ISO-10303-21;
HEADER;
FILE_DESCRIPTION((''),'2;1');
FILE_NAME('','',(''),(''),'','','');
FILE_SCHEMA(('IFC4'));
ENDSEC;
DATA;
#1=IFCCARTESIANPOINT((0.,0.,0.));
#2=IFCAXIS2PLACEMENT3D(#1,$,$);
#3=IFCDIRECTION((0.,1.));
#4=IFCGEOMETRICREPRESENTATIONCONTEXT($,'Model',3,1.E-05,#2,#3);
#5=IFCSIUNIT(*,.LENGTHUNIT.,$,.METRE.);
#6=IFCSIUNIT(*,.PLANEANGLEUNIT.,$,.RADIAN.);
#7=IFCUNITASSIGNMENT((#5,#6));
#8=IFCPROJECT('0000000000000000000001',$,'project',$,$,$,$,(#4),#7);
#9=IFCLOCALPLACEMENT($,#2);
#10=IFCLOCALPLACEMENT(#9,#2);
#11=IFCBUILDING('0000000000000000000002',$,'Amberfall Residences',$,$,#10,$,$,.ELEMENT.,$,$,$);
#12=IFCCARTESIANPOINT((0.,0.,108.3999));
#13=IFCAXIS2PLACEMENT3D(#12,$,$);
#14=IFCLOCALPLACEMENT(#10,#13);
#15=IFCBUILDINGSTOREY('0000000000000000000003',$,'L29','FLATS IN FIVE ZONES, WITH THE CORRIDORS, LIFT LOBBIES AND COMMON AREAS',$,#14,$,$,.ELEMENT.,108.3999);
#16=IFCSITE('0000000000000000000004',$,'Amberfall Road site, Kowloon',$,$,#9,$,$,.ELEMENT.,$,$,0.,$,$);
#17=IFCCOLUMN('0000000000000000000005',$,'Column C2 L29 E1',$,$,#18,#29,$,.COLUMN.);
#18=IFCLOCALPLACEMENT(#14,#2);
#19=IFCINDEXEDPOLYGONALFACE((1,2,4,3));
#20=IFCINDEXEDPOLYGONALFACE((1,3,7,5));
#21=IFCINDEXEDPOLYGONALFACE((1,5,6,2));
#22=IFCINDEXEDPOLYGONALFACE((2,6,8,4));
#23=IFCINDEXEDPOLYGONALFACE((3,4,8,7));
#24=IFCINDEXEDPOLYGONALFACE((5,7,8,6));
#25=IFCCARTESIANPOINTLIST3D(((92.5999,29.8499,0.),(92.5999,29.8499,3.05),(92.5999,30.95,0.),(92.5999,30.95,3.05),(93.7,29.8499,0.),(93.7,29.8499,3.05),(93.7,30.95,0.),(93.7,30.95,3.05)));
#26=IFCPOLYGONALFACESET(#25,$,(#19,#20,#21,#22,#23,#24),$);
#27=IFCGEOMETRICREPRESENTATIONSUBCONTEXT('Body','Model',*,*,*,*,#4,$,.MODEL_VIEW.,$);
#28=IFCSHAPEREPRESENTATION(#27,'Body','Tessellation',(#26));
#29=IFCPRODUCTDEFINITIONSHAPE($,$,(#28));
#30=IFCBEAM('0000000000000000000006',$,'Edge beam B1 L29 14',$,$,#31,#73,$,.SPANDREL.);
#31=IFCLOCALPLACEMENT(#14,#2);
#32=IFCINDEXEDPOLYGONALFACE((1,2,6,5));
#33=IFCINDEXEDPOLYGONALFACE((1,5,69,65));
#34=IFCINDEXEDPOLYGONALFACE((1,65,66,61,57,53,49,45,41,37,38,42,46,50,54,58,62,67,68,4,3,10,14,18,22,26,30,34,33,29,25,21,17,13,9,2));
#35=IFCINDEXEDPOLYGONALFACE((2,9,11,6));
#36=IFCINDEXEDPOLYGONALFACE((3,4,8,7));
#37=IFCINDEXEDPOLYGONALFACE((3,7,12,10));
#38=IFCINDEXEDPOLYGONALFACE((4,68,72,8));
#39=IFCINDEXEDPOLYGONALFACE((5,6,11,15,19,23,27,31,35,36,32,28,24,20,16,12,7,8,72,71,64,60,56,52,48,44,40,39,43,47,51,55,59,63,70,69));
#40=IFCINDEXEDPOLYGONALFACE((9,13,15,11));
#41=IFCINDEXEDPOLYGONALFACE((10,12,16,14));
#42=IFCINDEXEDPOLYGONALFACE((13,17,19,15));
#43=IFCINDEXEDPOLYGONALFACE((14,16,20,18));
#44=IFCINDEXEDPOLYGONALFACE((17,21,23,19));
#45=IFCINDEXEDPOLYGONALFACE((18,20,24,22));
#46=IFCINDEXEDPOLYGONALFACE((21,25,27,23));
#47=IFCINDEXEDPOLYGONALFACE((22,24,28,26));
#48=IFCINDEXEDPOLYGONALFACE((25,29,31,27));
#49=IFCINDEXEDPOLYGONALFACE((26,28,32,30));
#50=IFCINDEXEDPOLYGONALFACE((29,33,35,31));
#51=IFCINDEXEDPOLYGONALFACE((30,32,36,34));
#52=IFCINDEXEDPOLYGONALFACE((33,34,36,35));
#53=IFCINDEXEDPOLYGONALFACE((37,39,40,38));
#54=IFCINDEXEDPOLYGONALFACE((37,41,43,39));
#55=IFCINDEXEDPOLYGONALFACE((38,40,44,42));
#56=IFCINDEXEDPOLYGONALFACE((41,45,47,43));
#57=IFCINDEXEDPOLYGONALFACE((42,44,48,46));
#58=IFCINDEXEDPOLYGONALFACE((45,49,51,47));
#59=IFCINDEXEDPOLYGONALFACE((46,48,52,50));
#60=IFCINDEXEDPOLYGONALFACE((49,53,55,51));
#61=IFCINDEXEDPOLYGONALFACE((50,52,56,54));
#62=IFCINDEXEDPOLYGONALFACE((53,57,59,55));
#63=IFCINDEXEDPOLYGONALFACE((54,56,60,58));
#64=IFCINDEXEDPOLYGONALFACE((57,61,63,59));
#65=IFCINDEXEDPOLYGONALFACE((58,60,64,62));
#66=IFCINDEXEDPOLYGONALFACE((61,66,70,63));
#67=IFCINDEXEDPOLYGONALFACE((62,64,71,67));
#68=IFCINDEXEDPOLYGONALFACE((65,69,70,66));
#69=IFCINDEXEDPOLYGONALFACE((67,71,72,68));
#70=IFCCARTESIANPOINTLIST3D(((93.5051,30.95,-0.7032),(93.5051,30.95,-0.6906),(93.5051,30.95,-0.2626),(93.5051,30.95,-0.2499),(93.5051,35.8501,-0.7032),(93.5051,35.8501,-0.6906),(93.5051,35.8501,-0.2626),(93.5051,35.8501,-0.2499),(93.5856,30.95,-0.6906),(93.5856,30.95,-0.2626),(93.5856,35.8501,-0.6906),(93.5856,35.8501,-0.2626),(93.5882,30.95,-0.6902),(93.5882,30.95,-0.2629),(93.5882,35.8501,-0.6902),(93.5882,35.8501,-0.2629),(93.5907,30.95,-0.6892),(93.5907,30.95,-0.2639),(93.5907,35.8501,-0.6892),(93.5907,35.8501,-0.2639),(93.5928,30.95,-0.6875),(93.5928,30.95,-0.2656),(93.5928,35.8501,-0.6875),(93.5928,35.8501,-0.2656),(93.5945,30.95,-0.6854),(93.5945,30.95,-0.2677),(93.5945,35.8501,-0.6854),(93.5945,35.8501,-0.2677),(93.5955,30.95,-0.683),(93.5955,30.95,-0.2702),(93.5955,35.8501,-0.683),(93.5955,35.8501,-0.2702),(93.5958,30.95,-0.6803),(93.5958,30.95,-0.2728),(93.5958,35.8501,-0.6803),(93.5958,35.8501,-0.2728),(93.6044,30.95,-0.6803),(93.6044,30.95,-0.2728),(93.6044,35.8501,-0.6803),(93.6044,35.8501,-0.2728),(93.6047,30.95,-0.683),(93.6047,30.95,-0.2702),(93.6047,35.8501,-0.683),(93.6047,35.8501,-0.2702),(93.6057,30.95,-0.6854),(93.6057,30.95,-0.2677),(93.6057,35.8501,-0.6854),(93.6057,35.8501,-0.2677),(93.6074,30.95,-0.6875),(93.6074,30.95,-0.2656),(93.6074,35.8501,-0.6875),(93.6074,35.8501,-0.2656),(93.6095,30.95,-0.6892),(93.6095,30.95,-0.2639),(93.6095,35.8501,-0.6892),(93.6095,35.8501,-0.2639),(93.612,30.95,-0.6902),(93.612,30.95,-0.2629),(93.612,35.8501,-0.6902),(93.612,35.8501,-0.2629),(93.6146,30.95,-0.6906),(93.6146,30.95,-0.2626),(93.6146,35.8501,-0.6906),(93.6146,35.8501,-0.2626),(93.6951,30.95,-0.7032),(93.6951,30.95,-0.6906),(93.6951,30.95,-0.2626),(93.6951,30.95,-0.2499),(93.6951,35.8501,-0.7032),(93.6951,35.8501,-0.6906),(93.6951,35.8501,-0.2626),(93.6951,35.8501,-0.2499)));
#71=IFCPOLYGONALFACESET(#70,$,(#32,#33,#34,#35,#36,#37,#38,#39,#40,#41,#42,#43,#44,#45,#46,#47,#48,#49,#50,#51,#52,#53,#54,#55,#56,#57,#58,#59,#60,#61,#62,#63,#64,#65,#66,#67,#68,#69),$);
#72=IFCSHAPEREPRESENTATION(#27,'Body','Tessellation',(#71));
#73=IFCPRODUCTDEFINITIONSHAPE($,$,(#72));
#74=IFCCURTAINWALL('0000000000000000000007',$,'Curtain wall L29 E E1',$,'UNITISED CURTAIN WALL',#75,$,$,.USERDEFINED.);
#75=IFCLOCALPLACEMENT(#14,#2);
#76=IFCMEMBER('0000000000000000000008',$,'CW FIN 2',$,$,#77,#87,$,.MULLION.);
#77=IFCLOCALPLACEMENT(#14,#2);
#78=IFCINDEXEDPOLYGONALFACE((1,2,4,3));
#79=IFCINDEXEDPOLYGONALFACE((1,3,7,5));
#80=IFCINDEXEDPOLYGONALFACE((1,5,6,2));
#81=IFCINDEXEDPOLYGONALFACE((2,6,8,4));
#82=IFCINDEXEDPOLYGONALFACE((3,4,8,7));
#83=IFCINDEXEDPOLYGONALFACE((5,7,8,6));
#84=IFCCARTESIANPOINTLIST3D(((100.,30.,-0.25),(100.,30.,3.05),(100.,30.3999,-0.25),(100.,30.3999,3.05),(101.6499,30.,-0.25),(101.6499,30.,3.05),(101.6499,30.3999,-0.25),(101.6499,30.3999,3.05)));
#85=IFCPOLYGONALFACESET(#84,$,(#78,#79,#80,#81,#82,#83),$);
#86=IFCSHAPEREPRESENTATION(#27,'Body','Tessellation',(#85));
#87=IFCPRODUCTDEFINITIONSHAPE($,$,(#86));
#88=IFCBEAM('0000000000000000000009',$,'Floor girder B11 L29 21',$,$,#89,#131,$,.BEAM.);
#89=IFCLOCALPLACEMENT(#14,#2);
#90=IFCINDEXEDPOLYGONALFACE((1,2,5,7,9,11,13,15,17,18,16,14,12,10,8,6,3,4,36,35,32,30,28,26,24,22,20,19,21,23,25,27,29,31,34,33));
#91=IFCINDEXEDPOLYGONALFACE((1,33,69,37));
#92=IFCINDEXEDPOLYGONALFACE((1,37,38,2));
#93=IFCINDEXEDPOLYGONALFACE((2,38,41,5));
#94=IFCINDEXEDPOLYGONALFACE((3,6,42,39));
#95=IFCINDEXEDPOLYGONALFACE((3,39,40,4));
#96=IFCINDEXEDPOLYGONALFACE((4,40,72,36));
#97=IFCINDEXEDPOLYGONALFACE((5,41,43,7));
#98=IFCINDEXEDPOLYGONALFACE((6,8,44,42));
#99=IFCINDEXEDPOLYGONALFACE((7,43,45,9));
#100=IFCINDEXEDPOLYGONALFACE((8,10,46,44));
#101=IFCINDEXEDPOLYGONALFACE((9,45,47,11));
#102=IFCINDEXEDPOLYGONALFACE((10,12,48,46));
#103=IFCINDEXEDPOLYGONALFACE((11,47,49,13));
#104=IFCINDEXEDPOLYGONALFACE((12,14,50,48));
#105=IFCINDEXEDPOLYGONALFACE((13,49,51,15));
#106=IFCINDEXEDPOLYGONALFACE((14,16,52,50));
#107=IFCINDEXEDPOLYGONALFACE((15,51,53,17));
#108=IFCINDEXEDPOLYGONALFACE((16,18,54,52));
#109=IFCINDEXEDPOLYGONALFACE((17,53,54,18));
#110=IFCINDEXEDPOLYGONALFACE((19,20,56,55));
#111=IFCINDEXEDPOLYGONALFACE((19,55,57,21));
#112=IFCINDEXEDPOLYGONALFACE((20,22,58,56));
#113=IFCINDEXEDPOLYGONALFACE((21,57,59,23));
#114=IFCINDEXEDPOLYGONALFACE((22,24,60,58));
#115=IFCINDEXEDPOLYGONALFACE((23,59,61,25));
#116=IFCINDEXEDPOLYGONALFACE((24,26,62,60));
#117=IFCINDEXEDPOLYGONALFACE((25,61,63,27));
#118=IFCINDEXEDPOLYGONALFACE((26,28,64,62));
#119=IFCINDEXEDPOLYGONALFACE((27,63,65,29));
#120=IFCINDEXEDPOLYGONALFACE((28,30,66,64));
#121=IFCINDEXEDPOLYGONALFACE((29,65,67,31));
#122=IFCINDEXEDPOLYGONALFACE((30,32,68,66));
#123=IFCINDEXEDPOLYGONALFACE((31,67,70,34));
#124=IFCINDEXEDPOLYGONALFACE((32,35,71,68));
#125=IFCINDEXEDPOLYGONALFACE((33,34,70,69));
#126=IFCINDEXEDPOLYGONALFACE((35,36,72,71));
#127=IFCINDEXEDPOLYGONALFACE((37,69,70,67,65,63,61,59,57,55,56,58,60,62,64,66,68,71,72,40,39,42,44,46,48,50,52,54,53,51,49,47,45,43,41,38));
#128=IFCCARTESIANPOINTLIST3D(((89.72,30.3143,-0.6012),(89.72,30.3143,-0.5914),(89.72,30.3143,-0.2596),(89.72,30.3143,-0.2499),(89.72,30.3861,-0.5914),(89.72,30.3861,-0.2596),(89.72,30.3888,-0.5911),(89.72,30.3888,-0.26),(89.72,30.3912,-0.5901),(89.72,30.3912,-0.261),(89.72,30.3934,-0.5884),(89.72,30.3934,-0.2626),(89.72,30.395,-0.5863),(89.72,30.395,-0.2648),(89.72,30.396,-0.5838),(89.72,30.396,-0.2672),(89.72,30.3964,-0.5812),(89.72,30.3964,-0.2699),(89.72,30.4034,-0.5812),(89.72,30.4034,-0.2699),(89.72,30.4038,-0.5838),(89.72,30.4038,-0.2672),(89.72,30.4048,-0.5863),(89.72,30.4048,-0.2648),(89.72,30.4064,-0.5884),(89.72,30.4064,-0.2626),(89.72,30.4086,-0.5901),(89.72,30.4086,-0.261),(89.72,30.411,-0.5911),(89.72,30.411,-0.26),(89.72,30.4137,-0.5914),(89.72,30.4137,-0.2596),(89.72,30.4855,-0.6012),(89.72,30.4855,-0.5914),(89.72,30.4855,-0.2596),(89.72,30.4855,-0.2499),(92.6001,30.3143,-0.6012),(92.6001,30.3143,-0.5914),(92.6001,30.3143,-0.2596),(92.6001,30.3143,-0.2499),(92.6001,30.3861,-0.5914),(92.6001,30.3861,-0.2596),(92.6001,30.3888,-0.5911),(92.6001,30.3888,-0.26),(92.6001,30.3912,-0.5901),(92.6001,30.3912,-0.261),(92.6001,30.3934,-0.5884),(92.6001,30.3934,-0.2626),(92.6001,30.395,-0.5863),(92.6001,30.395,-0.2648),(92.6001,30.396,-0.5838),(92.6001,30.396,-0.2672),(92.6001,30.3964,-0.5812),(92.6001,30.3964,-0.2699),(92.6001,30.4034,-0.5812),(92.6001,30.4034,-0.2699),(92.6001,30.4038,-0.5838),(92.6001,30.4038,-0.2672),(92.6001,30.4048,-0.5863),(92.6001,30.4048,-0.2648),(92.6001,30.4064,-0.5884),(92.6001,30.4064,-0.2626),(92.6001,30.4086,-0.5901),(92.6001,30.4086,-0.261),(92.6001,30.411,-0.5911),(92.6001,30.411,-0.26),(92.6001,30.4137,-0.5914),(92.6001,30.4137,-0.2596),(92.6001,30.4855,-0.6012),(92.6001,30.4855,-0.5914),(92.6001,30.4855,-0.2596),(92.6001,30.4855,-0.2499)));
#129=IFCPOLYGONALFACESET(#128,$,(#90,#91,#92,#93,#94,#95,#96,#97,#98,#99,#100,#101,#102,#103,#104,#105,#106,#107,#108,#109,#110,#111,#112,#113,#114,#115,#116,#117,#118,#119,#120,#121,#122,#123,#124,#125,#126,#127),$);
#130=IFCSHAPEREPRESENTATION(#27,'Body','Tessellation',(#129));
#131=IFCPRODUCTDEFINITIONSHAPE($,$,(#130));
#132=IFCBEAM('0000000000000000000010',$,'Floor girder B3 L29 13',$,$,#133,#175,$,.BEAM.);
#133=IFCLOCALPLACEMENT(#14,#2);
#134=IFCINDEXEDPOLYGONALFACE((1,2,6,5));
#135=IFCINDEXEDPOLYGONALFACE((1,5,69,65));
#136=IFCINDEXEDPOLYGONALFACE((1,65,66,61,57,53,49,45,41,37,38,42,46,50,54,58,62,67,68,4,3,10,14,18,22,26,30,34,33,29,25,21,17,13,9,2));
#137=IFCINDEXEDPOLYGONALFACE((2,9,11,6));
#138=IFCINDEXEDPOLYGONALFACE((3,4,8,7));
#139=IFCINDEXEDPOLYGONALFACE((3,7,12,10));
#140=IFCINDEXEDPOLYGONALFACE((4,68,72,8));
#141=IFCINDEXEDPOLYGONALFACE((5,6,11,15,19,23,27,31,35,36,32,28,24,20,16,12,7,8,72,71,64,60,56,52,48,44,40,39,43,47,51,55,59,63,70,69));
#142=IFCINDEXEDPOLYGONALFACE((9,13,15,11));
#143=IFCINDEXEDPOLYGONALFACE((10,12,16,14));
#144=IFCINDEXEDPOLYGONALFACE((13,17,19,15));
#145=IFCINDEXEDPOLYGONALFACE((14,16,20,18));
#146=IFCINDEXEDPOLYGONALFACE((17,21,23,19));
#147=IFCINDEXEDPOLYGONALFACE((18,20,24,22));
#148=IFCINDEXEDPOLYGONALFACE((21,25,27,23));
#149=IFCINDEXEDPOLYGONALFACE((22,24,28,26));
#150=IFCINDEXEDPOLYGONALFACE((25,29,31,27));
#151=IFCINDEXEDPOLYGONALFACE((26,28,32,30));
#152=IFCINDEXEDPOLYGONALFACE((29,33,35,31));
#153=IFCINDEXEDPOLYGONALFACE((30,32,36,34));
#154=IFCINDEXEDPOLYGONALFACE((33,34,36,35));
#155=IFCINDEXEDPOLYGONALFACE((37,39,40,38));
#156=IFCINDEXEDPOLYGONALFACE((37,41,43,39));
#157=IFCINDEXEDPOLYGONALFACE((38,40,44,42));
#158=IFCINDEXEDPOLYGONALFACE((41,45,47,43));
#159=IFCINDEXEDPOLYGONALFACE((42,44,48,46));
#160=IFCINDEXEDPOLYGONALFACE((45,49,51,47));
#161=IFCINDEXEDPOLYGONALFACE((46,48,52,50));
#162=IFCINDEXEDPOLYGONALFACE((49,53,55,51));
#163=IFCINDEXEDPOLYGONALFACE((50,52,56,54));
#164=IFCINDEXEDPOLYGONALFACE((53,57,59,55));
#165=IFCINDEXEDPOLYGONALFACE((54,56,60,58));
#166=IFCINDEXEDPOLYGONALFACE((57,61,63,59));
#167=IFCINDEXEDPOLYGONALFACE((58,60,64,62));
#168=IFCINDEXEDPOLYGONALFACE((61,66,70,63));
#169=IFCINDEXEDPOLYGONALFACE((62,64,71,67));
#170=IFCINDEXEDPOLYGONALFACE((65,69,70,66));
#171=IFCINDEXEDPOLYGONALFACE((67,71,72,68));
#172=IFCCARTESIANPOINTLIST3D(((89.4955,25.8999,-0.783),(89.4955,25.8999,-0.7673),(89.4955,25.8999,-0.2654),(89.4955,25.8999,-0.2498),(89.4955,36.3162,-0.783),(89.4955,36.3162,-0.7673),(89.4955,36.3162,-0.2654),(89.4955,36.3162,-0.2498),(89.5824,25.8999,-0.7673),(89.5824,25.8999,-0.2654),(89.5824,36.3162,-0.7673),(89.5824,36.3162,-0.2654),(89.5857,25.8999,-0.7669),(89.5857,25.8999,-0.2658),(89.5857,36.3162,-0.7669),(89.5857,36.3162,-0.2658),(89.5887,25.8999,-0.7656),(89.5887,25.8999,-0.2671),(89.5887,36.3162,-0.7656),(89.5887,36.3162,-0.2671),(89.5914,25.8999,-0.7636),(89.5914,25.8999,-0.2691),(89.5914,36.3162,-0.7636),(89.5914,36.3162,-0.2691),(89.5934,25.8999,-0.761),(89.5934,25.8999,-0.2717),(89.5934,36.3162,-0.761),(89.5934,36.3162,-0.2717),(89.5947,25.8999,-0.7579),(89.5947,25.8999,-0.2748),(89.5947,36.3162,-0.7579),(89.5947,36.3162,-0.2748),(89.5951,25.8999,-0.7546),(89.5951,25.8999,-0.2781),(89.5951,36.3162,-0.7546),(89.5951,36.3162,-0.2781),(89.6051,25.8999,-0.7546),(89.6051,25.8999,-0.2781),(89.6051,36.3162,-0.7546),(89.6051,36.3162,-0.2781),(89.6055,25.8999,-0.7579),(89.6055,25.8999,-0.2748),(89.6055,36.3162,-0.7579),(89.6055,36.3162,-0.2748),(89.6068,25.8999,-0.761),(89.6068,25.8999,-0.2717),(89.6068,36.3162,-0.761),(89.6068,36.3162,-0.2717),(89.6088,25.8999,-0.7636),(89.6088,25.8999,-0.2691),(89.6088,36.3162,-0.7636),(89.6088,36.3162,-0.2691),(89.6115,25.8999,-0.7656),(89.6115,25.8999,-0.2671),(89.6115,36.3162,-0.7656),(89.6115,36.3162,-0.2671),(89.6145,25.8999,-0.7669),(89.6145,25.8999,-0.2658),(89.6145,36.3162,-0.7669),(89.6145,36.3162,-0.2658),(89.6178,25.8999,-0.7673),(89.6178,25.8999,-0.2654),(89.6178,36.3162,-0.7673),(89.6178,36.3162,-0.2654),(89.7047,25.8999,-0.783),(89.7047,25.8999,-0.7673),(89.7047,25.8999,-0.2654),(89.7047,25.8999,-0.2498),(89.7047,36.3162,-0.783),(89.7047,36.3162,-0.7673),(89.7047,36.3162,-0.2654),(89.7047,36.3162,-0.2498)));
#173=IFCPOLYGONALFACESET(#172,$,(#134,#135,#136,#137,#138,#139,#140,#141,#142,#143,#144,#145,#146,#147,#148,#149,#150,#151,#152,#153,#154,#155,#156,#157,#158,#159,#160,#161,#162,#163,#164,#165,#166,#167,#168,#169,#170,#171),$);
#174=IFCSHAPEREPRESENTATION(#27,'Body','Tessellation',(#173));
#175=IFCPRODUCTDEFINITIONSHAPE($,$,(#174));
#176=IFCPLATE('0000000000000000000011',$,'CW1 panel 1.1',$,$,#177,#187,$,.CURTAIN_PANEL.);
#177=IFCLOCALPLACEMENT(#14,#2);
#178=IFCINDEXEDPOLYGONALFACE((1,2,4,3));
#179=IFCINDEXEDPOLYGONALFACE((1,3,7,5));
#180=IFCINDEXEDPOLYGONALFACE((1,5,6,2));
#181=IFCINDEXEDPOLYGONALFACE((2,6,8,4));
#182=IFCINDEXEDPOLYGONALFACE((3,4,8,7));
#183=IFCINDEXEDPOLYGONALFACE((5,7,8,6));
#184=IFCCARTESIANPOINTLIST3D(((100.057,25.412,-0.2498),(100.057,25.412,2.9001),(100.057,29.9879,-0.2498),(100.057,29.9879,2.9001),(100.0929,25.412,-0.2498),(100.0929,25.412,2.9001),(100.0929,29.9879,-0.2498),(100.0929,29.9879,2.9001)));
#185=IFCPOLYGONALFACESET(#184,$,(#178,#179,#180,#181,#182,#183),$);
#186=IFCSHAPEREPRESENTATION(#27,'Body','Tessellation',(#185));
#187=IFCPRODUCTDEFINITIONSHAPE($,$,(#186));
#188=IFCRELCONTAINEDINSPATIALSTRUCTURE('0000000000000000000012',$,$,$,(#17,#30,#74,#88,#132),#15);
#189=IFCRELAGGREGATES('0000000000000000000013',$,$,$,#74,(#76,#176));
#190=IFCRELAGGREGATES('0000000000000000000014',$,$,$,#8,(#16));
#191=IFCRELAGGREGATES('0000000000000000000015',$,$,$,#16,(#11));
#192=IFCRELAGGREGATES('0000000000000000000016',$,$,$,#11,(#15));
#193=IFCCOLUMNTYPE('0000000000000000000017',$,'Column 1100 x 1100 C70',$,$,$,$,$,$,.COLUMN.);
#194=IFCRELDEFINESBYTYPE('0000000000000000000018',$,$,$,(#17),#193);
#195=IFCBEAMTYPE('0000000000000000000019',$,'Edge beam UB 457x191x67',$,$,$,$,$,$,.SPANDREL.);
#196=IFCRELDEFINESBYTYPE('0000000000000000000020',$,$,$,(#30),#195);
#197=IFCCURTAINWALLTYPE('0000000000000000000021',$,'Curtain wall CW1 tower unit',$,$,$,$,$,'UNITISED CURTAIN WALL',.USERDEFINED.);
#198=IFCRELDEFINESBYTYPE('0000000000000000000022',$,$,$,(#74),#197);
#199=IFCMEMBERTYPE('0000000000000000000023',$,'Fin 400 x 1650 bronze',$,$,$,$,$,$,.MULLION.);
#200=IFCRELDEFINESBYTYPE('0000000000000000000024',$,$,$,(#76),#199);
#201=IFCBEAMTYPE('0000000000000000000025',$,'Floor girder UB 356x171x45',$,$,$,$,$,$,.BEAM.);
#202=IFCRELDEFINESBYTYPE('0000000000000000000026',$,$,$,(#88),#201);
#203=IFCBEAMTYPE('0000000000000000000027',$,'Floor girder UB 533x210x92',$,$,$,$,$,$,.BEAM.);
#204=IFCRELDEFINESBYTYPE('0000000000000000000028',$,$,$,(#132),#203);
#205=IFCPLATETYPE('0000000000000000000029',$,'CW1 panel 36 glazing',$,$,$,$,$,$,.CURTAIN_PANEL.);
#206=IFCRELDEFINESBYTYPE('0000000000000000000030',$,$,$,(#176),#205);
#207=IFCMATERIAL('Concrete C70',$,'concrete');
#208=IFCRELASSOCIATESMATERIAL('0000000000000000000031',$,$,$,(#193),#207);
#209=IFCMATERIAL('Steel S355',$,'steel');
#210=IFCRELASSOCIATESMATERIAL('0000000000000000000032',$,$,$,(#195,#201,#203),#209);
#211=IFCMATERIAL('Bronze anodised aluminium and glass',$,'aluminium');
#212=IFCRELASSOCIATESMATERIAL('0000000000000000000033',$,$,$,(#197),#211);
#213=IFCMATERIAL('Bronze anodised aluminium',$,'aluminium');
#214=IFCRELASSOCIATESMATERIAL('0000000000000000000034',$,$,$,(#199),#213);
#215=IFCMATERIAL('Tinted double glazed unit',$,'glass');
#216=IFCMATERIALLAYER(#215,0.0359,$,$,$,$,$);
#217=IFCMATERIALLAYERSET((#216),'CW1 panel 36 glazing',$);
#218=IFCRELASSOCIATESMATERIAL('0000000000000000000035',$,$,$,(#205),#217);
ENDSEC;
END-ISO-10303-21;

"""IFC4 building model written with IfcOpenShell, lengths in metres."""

from ifc_helpers import new_model, si_unit, direction, frame, origin, origin_2d, place, context, subcontext, project, spatial, rectangle, i_section, extrude, material, layer, layer_set, material_profile, profile_set, type_object, element, aggregate, save


model = new_model("IFC4")

# Units and contexts
model_context = context("Model", 3, precision=1e-05, world=origin(), true_north=direction((0.0, 1.0)))
body_context = subcontext(model_context, "Body", "Model", "MODEL_VIEW")
ifc_project = project(units=[si_unit("LENGTHUNIT", "METRE"), si_unit("PLANEANGLEUNIT", "RADIAN")], contexts=[model_context])

# Site, building, storey
site_placement = place(None, origin())
site = spatial("IfcSite", under=ifc_project, at=site_placement, Name="Amberfall Road site, Kowloon", CompositionType="ELEMENT", RefElevation=0.0)
building_placement = place(site_placement, origin())
building = spatial("IfcBuilding", under=site, at=building_placement, Name="Amberfall Residences", CompositionType="ELEMENT")
storey_placement = place(building_placement, frame((0.0, 0.0, 108.3999)))
storey = spatial("IfcBuildingStorey", under=building, at=storey_placement, Name="L29", Description="FLATS IN FIVE ZONES, WITH THE CORRIDORS, LIFT LOBBIES AND COMMON AREAS", CompositionType="ELEMENT", Elevation=108.3999)

# Column
ifc_material_1 = material(Name="Concrete C70", Category="concrete")
ifc_material_profile_1 = material_profile(ifc_material_1, rectangle(XDim=1.1001, YDim=1.1001, at=origin_2d()), Name="Column 1100 x 1100 C70")
ifc_profile_set_1 = profile_set([ifc_material_profile_1], Name="Concrete C70")
column_type = type_object("IfcColumnType", Name="Column 1100 x 1100 C70", PredefinedType="COLUMN", material=ifc_profile_set_1)
column_placement = place(storey_placement, frame((93.1499, 30.3999, 0.0), z_axis=(0.0, 0.0, 1.0), x_axis=(1.0, 0.0, 0.0)))
element("IfcColumn", 1, at=column_placement, inside=storey, type_object=column_type, Name="Column C2 L29 E1", PredefinedType="COLUMN", context=body_context, shape_type="SweptSolid", body=[
    extrude(rectangle(XDim=1.1001, YDim=1.1001, at=origin_2d()), origin(), (0.0, 0.0, 1.0), 3.05),
])

# Beam
ifc_material_2 = material(Name="Steel S355", Category="steel")
ifc_material_profile_2 = material_profile(ifc_material_2, i_section(OverallWidth=0.1899, OverallDepth=0.4534, WebThickness=0.0085, FlangeThickness=0.0127, FilletRadius=0.0103, at=origin_2d()), Name="UB 457x191x67")
ifc_profile_set_2 = profile_set([ifc_material_profile_2], Name="Steel S355")
beam_type_1 = type_object("IfcBeamType", Name="Edge beam UB 457x191x67", PredefinedType="SPANDREL", material=ifc_profile_set_2)
beam_1_placement = place(storey_placement, frame((93.6001, 30.95, -0.4766), z_axis=(0.0, 1.0, 0.0), x_axis=(-1.0, 0.0, 0.0)))
element("IfcBeam", 2, at=beam_1_placement, inside=storey, type_object=beam_type_1, Name="Edge beam B1 L29 14", PredefinedType="SPANDREL", context=body_context, shape_type="SweptSolid", body=[
    extrude(i_section(OverallWidth=0.1899, OverallDepth=0.4534, WebThickness=0.0085, FlangeThickness=0.0127, FilletRadius=0.0103, at=origin_2d()), origin(), (0.0, 0.0, 1.0), 4.9001),
])

# Curtain wall, member
ifc_material_3 = material(Name="Bronze anodised aluminium and glass", Category="aluminium")
curtain_wall_type = type_object("IfcCurtainWallType", Name="Curtain wall CW1 tower unit", ElementType="UNITISED CURTAIN WALL", PredefinedType="USERDEFINED", material=ifc_material_3)
curtain_wall_placement = place(storey_placement, origin())
curtain_wall = element("IfcCurtainWall", 3, at=curtain_wall_placement, inside=storey, type_object=curtain_wall_type, Name="Curtain wall L29 E E1", ObjectType="UNITISED CURTAIN WALL", PredefinedType="USERDEFINED")
ifc_material_4 = material(Name="Bronze anodised aluminium", Category="aluminium")
ifc_material_profile_3 = material_profile(ifc_material_4, rectangle(XDim=1.6499, YDim=0.3999, at=origin_2d()), Name="Fin 400 x 1650 bronze")
ifc_profile_set_3 = profile_set([ifc_material_profile_3], Name="Bronze anodised aluminium")
member_type = type_object("IfcMemberType", Name="Fin 400 x 1650 bronze", PredefinedType="MULLION", material=ifc_profile_set_3)
member_placement = place(storey_placement, frame((100.825, 30.2, -0.25), z_axis=(0.0, 0.0, 1.0), x_axis=(-1.0, 0.0, 0.0)))
member = element("IfcMember", 4, at=member_placement, type_object=member_type, Name="CW FIN 2", PredefinedType="MULLION", context=body_context, shape_type="SweptSolid", body=[
    extrude(rectangle(XDim=1.6499, YDim=0.3999, at=origin_2d()), origin(), (0.0, 0.0, 1.0), 3.3),
])

# Beams
ifc_material_profile_4 = material_profile(ifc_material_2, i_section(OverallWidth=0.1711, OverallDepth=0.3513, WebThickness=0.0071, FlangeThickness=0.0098, FilletRadius=0.0103, at=origin_2d()), Name="UB 356x171x45")
ifc_profile_set_4 = profile_set([ifc_material_profile_4], Name="Steel S355")
beam_type_2 = type_object("IfcBeamType", Name="Floor girder UB 356x171x45", PredefinedType="BEAM", material=ifc_profile_set_4)
beam_2_placement = place(storey_placement, frame((92.6001, 30.3999, -0.4255), z_axis=(-1.0, 0.0, 0.0), x_axis=(0.0, -1.0, 0.0)))
element("IfcBeam", 5, at=beam_2_placement, inside=storey, type_object=beam_type_2, Name="Floor girder B11 L29 21", PredefinedType="BEAM", context=body_context, shape_type="SweptSolid", body=[
    extrude(i_section(OverallWidth=0.1711, OverallDepth=0.3513, WebThickness=0.0071, FlangeThickness=0.0098, FilletRadius=0.0103, at=origin_2d()), origin(), (0.0, 0.0, 1.0), 2.8801),
])
ifc_material_profile_5 = material_profile(ifc_material_2, i_section(OverallWidth=0.2092, OverallDepth=0.5332, WebThickness=0.01, FlangeThickness=0.0156, FilletRadius=0.0127, at=origin_2d()), Name="UB 533x210x92")
ifc_profile_set_5 = profile_set([ifc_material_profile_5], Name="Steel S355")
beam_type_3 = type_object("IfcBeamType", Name="Floor girder UB 533x210x92", PredefinedType="BEAM", material=ifc_profile_set_5)
beam_3_placement = place(storey_placement, frame((89.6001, 25.8999, -0.5164), z_axis=(0.0, 1.0, 0.0), x_axis=(-1.0, 0.0, 0.0)))
element("IfcBeam", 6, at=beam_3_placement, inside=storey, type_object=beam_type_3, Name="Floor girder B3 L29 13", PredefinedType="BEAM", context=body_context, shape_type="SweptSolid", body=[
    extrude(i_section(OverallWidth=0.2092, OverallDepth=0.5332, WebThickness=0.01, FlangeThickness=0.0156, FilletRadius=0.0127, at=origin_2d()), origin(), (0.0, 0.0, 1.0), 10.4163),
])

# Plate
ifc_material_5 = material(Name="Tinted double glazed unit", Category="glass")
ifc_layer_1 = layer(ifc_material_5, 0.0359)
ifc_layer_set_1 = layer_set([ifc_layer_1], Name="CW1 panel 36 glazing")
plate_type = type_object("IfcPlateType", Name="CW1 panel 36 glazing", PredefinedType="CURTAIN_PANEL", material=ifc_layer_set_1)
plate_placement = place(storey_placement, frame((100.075, 27.7, -0.2498), z_axis=(0.0, 0.0, 1.0), x_axis=(0.0, 1.0, 0.0)))
plate = element("IfcPlate", 7, at=plate_placement, type_object=plate_type, Name="CW1 panel 1.1", PredefinedType="CURTAIN_PANEL", context=body_context, shape_type="SweptSolid", body=[
    extrude(rectangle(XDim=4.5759, YDim=0.0359, at=origin_2d()), origin(), (0.0, 0.0, 1.0), 3.1499),
])
aggregate(curtain_wall, [member, plate])

save(model, "model.ifc")
